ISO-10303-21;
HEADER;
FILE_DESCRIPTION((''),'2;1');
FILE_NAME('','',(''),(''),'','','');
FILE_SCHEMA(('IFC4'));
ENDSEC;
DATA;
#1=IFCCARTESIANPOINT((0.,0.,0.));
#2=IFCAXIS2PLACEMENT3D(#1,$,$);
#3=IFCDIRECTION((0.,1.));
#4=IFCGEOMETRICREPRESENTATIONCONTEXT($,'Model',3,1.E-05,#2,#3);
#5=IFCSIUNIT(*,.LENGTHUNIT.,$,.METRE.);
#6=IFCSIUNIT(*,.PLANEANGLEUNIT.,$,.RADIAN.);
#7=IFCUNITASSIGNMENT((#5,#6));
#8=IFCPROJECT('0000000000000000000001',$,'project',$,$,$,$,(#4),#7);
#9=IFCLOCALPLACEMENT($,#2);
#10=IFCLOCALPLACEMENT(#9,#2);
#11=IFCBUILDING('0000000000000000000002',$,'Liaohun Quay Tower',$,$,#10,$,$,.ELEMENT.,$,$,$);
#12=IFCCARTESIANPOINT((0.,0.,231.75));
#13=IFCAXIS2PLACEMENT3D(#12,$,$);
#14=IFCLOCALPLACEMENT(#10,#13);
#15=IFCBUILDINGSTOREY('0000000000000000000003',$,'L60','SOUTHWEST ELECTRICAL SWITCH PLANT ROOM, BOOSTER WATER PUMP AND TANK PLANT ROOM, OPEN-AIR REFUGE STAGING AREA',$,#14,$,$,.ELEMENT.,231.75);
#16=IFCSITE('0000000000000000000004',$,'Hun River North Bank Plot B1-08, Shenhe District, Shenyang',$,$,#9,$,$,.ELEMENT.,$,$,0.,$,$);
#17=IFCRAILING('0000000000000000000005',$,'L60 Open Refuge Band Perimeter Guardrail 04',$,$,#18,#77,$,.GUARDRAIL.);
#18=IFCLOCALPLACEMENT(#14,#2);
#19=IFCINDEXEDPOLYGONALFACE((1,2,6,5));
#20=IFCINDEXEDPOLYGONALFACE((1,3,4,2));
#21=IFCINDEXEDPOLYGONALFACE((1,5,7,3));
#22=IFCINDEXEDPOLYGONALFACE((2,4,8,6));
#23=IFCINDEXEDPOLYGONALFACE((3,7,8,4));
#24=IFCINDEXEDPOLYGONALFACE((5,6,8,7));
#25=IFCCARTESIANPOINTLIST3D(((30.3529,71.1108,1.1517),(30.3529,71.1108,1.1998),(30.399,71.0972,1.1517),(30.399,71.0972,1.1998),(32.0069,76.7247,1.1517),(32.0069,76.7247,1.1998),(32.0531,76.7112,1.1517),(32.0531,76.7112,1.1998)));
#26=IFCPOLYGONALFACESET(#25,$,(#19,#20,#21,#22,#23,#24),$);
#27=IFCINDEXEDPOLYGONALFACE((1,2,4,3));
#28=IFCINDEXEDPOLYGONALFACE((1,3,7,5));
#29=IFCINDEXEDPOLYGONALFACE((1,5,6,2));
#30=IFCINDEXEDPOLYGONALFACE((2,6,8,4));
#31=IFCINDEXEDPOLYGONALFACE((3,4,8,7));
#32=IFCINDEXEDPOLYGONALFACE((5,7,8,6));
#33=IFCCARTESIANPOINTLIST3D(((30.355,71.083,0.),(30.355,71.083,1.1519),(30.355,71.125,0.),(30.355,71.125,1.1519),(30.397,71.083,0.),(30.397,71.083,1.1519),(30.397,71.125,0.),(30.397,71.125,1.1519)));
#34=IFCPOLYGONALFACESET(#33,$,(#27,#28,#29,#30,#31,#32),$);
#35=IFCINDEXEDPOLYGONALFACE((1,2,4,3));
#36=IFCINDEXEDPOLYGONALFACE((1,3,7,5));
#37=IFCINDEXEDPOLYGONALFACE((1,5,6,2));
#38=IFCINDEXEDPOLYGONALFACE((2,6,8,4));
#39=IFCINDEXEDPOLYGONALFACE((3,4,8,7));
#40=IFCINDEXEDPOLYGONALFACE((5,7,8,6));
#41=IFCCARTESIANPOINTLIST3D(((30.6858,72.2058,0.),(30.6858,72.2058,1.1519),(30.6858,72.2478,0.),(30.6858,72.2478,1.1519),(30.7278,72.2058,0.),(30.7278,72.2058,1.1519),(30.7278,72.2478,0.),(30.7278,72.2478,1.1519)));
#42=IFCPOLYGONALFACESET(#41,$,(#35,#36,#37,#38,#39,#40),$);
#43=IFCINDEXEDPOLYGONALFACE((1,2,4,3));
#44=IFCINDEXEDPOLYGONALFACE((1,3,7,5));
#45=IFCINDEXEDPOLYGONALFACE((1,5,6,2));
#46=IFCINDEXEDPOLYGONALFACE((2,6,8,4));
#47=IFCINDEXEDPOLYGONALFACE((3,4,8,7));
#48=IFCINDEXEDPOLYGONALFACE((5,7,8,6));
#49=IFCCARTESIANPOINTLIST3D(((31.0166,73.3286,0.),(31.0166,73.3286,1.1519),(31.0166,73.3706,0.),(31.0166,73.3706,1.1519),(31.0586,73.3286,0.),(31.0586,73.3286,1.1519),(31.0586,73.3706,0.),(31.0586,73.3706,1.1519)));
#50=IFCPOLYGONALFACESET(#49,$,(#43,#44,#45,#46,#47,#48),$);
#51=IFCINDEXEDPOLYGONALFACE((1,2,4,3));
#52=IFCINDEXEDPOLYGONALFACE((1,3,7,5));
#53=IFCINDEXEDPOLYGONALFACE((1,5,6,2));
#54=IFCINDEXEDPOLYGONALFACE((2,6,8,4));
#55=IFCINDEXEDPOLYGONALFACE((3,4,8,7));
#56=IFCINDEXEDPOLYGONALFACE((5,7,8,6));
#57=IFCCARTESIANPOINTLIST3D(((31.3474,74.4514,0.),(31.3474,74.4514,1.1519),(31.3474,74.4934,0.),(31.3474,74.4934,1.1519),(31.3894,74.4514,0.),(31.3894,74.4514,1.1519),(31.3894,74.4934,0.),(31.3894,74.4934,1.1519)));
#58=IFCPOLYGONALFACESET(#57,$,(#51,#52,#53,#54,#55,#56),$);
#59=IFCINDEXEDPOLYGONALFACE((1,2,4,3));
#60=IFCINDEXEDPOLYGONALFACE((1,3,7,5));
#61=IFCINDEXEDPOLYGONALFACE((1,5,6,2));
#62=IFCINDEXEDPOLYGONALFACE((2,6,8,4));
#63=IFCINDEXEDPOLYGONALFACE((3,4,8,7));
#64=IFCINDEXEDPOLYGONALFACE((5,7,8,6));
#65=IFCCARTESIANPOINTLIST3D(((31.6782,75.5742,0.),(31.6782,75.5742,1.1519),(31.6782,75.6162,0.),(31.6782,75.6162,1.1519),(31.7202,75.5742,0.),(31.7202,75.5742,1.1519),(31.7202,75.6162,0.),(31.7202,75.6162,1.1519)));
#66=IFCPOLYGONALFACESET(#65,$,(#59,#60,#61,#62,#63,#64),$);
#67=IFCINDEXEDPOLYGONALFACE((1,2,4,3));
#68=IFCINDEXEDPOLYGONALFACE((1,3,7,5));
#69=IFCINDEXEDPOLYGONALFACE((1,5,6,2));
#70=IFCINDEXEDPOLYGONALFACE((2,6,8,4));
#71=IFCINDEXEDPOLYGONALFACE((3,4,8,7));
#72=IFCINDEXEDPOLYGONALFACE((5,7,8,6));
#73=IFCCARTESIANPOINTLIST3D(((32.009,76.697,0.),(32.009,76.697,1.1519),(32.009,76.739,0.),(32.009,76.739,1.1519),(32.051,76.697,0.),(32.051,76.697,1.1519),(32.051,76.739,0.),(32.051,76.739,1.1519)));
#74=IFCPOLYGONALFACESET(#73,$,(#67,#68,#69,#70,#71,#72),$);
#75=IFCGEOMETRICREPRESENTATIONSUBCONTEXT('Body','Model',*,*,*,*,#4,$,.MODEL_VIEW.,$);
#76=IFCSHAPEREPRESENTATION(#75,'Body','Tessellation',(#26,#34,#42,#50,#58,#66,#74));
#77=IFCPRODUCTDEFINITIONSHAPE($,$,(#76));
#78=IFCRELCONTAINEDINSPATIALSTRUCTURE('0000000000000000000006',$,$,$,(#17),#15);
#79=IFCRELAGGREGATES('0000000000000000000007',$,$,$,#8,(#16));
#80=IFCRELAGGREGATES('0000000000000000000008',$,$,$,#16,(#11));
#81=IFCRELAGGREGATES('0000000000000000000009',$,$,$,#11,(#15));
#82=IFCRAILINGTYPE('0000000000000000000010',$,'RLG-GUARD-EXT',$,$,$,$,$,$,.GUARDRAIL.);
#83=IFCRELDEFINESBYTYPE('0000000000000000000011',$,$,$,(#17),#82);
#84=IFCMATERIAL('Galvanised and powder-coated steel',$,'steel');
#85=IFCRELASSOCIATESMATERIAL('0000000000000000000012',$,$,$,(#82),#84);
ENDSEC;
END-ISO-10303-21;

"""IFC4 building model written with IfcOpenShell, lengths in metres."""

from ifc_helpers import new_model, si_unit, direction, frame, origin, origin_2d, place, context, subcontext, project, spatial, rectangle, extrude, material, type_object, element, save


model = new_model("IFC4")

# Units and contexts
model_context = context("Model", 3, precision=1e-05, world=origin(), true_north=direction((0.0, 1.0)))
body_context = subcontext(model_context, "Body", "Model", "MODEL_VIEW")
ifc_project = project(units=[si_unit("LENGTHUNIT", "METRE"), si_unit("PLANEANGLEUNIT", "RADIAN")], contexts=[model_context])

# Site, building, storey
site_placement = place(None, origin())
site = spatial("IfcSite", under=ifc_project, at=site_placement, Name="Hun River North Bank Plot B1-08, Shenhe District, Shenyang", CompositionType="ELEMENT", RefElevation=0.0)
building_placement = place(site_placement, origin())
building = spatial("IfcBuilding", under=site, at=building_placement, Name="Liaohun Quay Tower", CompositionType="ELEMENT")
storey_placement = place(building_placement, frame((0.0, 0.0, 231.75)))
storey = spatial("IfcBuildingStorey", under=building, at=storey_placement, Name="L60", Description="SOUTHWEST ELECTRICAL SWITCH PLANT ROOM, BOOSTER WATER PUMP AND TANK PLANT ROOM, OPEN-AIR REFUGE STAGING AREA", CompositionType="ELEMENT", Elevation=231.75)

# Railing
ifc_material_1 = material(Name="Galvanised and powder-coated steel", Category="steel")
railing_type = type_object("IfcRailingType", Name="RLG-GUARD-EXT", PredefinedType="GUARDRAIL", material=ifc_material_1)
railing_1_placement = place(storey_placement, frame((30.376, 71.104, 0.0)))
element("IfcRailing", 1, at=railing_1_placement, inside=storey, type_object=railing_type, Name="L60 Open Refuge Band Perimeter Guardrail 04", PredefinedType="GUARDRAIL", context=body_context, shape_type="SweptSolid", body=[
    extrude(rectangle(XDim=0.0481, YDim=0.0481, at=origin_2d()), frame((0.0, 0.0, 1.1758), z_axis=(0.282618, 0.959233, 0.0), x_axis=(-0.959233, 0.282618, 0.0)), (0.0, 0.0, 1.0), 5.8525),
    extrude(rectangle(XDim=0.042, YDim=0.042, at=origin_2d()), origin(), (0.0, 0.0, 1.0), 1.1519),
    extrude(rectangle(XDim=0.042, YDim=0.042, at=origin_2d()), frame((0.3308, 1.1228, 0.0)), (0.0, 0.0, 1.0), 1.1519),
    extrude(rectangle(XDim=0.042, YDim=0.042, at=origin_2d()), frame((0.6616, 2.2456, 0.0)), (0.0, 0.0, 1.0), 1.1519),
    extrude(rectangle(XDim=0.042, YDim=0.042, at=origin_2d()), frame((0.9924, 3.3684, 0.0)), (0.0, 0.0, 1.0), 1.1519),
    extrude(rectangle(XDim=0.042, YDim=0.042, at=origin_2d()), frame((1.3232, 4.4912, 0.0)), (0.0, 0.0, 1.0), 1.1519),
    extrude(rectangle(XDim=0.042, YDim=0.042, at=origin_2d()), frame((1.6541, 5.614, 0.0)), (0.0, 0.0, 1.0), 1.1519),
])

save(model, "model.ifc")
